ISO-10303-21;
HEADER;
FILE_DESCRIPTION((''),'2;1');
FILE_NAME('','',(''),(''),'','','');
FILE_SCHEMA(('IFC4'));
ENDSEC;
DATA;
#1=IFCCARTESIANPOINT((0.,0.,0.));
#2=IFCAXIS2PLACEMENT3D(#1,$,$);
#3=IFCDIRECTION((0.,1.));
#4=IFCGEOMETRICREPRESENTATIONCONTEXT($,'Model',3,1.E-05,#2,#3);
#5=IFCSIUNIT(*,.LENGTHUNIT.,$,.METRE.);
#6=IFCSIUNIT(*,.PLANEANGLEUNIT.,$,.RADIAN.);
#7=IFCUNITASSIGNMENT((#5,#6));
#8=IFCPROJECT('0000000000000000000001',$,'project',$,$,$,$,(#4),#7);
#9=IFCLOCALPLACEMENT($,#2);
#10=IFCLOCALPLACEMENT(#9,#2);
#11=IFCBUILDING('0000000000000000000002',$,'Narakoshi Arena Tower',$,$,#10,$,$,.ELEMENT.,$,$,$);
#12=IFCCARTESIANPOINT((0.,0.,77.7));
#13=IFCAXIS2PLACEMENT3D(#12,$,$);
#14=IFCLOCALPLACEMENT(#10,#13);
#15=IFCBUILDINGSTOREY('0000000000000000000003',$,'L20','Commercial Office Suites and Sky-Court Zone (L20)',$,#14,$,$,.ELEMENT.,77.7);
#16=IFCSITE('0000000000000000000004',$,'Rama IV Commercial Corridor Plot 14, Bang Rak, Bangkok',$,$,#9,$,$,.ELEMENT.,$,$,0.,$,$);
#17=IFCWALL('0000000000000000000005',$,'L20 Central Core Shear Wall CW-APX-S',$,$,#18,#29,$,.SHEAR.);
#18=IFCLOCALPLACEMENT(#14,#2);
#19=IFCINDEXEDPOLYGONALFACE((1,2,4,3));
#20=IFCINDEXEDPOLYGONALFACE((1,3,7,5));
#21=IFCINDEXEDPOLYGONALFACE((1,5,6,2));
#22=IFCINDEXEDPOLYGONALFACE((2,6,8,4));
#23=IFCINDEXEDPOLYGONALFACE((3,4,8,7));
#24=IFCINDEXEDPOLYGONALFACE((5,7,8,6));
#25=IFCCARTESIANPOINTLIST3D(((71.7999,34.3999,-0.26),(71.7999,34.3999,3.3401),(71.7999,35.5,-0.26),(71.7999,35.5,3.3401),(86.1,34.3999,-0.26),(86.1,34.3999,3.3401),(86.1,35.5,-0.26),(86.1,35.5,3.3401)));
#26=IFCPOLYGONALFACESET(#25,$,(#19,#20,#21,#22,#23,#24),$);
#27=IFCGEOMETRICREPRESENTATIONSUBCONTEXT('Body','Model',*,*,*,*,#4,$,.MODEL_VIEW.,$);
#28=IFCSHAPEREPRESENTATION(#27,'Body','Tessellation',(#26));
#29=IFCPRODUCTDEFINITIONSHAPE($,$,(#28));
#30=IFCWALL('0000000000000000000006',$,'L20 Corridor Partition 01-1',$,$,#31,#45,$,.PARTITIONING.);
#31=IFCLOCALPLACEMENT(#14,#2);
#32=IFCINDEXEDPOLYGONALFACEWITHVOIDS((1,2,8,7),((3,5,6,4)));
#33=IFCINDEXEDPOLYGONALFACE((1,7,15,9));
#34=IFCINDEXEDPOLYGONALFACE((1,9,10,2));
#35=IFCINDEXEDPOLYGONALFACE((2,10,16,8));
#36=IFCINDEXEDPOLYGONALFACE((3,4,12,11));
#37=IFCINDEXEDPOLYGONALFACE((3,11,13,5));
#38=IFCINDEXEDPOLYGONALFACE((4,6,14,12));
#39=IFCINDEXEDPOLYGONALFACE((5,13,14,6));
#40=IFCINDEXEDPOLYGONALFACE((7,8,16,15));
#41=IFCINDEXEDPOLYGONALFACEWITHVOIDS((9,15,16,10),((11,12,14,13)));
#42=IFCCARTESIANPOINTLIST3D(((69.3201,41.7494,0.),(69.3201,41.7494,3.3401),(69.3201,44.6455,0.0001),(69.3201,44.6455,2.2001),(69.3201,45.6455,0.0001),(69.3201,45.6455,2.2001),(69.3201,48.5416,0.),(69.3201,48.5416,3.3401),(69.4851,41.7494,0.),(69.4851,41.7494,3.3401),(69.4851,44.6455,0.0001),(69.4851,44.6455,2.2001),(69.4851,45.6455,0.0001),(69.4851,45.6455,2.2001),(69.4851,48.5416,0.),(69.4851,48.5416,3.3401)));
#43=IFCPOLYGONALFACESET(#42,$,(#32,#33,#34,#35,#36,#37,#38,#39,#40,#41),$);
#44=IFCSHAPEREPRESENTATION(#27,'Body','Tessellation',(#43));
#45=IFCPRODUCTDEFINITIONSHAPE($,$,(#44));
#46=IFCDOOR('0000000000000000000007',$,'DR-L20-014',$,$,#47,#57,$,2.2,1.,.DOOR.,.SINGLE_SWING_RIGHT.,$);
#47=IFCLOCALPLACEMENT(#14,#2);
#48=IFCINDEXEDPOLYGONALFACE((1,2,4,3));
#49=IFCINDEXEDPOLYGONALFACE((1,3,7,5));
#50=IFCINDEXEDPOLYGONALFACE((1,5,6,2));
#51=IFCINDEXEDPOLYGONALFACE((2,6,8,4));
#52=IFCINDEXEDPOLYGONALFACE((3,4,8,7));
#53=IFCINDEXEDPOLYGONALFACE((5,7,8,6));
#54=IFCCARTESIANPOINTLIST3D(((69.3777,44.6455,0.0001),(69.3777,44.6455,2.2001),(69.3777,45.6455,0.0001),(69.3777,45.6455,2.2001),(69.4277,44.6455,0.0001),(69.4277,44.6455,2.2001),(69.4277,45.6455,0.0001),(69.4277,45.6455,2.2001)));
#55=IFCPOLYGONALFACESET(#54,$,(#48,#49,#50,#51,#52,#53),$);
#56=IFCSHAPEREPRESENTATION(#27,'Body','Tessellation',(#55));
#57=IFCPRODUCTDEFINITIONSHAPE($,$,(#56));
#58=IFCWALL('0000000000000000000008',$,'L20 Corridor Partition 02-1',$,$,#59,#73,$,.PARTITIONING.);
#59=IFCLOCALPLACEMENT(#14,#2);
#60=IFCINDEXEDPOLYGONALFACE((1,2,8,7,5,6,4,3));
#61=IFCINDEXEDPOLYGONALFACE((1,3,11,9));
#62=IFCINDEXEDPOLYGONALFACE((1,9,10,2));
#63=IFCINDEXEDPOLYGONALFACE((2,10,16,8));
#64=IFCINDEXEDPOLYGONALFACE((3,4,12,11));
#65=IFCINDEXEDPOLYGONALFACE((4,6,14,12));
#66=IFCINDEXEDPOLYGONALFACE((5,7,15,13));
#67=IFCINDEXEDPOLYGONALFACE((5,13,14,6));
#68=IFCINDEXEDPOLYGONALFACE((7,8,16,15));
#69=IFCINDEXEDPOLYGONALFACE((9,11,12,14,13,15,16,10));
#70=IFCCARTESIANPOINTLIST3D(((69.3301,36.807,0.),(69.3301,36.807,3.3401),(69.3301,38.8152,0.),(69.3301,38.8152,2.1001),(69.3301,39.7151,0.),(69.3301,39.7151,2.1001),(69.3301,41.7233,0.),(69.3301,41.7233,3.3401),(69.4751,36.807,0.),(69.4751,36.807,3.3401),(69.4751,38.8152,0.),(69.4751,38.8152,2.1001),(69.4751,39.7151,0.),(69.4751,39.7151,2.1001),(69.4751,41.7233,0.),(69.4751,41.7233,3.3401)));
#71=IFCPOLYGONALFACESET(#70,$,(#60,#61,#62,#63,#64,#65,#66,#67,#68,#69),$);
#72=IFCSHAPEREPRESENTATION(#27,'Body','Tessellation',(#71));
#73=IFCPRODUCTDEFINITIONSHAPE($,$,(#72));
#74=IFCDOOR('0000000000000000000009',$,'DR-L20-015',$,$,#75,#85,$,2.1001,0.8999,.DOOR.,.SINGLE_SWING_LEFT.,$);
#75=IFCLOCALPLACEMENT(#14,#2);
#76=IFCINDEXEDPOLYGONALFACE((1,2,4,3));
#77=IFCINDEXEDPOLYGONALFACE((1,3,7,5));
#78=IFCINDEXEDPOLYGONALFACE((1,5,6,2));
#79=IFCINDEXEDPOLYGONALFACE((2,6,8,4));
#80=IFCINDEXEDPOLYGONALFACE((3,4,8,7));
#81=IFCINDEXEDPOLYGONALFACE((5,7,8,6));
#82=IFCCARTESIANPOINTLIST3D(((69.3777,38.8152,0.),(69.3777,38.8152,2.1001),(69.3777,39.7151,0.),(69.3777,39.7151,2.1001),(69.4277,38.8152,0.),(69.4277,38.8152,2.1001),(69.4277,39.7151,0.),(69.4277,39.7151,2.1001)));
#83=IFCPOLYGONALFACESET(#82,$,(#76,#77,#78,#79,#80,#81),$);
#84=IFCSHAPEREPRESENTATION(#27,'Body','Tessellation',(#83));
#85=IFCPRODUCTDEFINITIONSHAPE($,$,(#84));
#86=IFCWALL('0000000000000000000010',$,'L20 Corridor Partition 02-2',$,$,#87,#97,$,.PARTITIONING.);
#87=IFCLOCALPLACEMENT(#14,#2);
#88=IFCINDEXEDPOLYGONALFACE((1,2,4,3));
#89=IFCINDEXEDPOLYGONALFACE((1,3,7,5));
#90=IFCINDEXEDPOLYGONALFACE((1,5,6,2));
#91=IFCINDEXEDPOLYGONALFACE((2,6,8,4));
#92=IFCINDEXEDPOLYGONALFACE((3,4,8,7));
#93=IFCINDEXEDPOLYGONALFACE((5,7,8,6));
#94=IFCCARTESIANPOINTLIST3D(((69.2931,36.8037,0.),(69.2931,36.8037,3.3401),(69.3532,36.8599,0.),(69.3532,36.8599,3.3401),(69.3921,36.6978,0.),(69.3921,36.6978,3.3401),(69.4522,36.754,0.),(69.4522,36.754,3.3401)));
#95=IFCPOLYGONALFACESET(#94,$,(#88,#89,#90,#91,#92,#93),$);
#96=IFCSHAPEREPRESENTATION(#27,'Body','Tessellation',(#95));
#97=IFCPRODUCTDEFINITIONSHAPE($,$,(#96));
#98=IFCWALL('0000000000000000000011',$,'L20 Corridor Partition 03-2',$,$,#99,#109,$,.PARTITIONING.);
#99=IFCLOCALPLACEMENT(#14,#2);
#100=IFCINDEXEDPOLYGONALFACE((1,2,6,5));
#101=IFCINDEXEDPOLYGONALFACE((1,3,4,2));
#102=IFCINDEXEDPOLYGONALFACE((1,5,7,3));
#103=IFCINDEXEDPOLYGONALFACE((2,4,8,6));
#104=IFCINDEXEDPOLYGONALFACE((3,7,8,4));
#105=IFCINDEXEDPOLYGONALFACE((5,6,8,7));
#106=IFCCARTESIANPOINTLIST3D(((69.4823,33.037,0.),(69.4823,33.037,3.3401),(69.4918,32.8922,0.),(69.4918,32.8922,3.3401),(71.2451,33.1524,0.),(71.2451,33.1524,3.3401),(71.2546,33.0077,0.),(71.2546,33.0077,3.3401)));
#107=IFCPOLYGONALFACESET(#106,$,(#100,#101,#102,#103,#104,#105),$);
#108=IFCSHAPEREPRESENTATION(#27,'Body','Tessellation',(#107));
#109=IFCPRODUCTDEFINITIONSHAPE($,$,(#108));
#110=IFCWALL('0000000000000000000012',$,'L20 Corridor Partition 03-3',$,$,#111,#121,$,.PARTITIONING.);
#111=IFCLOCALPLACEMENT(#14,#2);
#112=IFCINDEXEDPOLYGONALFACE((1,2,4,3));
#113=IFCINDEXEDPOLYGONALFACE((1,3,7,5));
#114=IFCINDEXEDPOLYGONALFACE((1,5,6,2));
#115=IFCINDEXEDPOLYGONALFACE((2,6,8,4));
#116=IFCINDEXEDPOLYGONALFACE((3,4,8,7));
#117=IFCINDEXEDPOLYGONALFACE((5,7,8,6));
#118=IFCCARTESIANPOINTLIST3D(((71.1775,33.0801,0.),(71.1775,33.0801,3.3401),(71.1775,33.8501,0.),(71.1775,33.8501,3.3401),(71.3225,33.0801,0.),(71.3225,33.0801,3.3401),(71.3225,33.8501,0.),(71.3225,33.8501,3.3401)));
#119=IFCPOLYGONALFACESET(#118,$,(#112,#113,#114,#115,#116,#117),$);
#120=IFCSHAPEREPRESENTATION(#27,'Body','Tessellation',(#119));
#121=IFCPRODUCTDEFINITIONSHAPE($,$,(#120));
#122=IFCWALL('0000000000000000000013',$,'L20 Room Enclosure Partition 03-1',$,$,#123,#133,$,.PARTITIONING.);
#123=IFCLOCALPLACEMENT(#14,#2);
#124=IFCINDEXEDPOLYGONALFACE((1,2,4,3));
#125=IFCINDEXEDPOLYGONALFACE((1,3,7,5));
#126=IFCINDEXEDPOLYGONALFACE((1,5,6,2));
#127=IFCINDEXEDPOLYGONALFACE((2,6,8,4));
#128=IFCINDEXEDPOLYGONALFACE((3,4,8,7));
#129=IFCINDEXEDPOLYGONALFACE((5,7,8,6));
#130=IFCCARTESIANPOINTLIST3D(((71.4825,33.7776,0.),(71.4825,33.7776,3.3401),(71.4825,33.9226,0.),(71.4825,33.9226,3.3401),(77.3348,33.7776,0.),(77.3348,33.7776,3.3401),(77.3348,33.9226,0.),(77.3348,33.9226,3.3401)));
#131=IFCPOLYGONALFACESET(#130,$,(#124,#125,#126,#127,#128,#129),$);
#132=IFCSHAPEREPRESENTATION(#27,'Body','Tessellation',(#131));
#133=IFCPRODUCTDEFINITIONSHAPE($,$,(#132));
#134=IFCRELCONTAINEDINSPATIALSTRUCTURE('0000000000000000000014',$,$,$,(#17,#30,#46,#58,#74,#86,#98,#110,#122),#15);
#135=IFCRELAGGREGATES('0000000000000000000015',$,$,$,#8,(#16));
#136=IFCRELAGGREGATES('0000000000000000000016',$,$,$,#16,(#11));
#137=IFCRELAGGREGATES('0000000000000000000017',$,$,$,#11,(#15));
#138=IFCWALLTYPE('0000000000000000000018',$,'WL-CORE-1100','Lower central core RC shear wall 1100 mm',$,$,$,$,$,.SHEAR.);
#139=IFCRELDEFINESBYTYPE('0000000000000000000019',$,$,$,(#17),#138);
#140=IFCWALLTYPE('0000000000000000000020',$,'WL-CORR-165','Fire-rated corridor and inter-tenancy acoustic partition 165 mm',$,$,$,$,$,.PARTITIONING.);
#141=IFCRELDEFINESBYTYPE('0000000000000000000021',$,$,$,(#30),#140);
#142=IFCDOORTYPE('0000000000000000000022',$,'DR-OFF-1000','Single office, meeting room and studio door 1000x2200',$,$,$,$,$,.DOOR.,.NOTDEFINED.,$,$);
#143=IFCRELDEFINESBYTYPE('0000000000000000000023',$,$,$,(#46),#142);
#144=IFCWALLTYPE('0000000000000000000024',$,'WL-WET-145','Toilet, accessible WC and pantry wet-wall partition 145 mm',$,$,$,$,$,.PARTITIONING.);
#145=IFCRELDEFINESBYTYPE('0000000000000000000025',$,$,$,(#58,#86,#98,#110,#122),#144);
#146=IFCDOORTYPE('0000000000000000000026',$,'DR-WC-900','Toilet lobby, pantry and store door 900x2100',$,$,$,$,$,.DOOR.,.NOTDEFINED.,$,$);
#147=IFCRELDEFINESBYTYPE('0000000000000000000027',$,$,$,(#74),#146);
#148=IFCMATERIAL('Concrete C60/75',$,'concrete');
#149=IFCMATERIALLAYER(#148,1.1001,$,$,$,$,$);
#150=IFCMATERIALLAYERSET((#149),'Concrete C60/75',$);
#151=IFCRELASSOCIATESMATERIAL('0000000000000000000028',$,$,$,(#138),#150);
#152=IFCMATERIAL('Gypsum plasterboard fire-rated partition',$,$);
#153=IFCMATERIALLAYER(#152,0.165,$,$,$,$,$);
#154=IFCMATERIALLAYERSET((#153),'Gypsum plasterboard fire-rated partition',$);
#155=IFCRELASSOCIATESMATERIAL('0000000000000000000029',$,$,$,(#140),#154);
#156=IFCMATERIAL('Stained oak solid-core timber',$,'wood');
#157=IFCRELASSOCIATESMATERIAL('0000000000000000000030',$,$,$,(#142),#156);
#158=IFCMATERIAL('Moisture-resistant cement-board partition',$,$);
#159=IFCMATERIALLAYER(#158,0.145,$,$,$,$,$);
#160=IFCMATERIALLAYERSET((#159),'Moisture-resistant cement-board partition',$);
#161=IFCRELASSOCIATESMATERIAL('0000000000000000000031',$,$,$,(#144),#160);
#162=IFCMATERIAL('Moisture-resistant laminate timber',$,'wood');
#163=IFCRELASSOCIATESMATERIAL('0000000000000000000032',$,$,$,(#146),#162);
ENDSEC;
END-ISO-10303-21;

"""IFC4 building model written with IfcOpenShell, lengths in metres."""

from ifc_helpers import new_model, si_unit, direction, frame, frame_2d, origin, place, context, subcontext, project, spatial, rectangle, extrude, material, layer, layer_set, type_object, element, fill, save


model = new_model("IFC4")

# Units and contexts
model_context = context("Model", 3, precision=1e-05, world=origin(), true_north=direction((0.0, 1.0)))
body_context = subcontext(model_context, "Body", "Model", "MODEL_VIEW")
ifc_project = project(units=[si_unit("LENGTHUNIT", "METRE"), si_unit("PLANEANGLEUNIT", "RADIAN")], contexts=[model_context])

# Site, building, storey
site_placement = place(None, origin())
site = spatial("IfcSite", under=ifc_project, at=site_placement, Name="Rama IV Commercial Corridor Plot 14, Bang Rak, Bangkok", CompositionType="ELEMENT", RefElevation=0.0)
building_placement = place(site_placement, origin())
building = spatial("IfcBuilding", under=site, at=building_placement, Name="Narakoshi Arena Tower", CompositionType="ELEMENT")
storey_placement = place(building_placement, frame((0.0, 0.0, 77.7)))
storey = spatial("IfcBuildingStorey", under=building, at=storey_placement, Name="L20", Description="Commercial Office Suites and Sky-Court Zone (L20)", CompositionType="ELEMENT", Elevation=77.7)

# Shared definitions
ifc_material_1 = material(Name="Concrete C60/75", Category="concrete")

# Wall
ifc_layer_1 = layer(ifc_material_1, 1.1001)
ifc_layer_set_1 = layer_set([ifc_layer_1], Name="Concrete C60/75")
wall_type_1 = type_object("IfcWallType", Name="WL-CORE-1100", Description="Lower central core RC shear wall 1100 mm", PredefinedType="SHEAR", material=ifc_layer_set_1)
wall_1_placement = place(storey_placement, frame((71.8, 34.95, -0.26), z_axis=(0.0, 0.0, 1.0), x_axis=(1.0, 0.0, 0.0)))
element("IfcWall", 1, at=wall_1_placement, inside=storey, type_object=wall_type_1, Name="L20 Central Core Shear Wall CW-APX-S", PredefinedType="SHEAR", context=body_context, shape_type="SweptSolid", body=[
    extrude(rectangle(XDim=14.3, YDim=1.1001, at=frame_2d((7.1499, 0.0))), origin(), (0.0, 0.0, 1.0), 3.6001),
])

# Walls, openings, doors
ifc_material_2 = material(Name="Gypsum plasterboard fire-rated partition")
ifc_layer_2 = layer(ifc_material_2, 0.165)
ifc_layer_set_2 = layer_set([ifc_layer_2], Name="Gypsum plasterboard fire-rated partition")
wall_type_2 = type_object("IfcWallType", Name="WL-CORR-165", Description="Fire-rated corridor and inter-tenancy acoustic partition 165 mm", PredefinedType="PARTITIONING", material=ifc_layer_set_2)
wall_2_placement = place(storey_placement, frame((69.4026, 48.5415, 0.0), z_axis=(0.0, 0.0, 1.0), x_axis=(0.0, -1.0, 0.0)))
wall_2 = element("IfcWall", 2, at=wall_2_placement, inside=storey, type_object=wall_type_2, Name="L20 Corridor Partition 01-1", PredefinedType="PARTITIONING", context=body_context, shape_type="SweptSolid", body=[
    extrude(rectangle(XDim=6.7922, YDim=0.165, at=frame_2d((3.396, 0.0))), origin(), (0.0, 0.0, 1.0), 3.3401),
])
opening_1_placement = place(wall_2_placement, frame((2.896, 0.0, 0.0)))
opening_1 = element("IfcOpeningElement", 3, at=opening_1_placement, cuts=wall_2, PredefinedType="OPENING", context=body_context, shape_type="SweptSolid", body=[
    extrude(rectangle(XDim=1.0, YDim=2.2, at=frame_2d((0.5, 1.1001))), frame((0.0, 0.0925, 0.0), z_axis=(0.0, -1.0, 0.0), x_axis=(1.0, 0.0, 0.0)), (0.0, 0.0, 1.0), 0.1851),
])
ifc_material_3 = material(Name="Stained oak solid-core timber", Category="wood")
door_type_1 = type_object("IfcDoorType", Name="DR-OFF-1000", Description="Single office, meeting room and studio door 1000x2200", OperationType="NOTDEFINED", PredefinedType="DOOR", material=ifc_material_3)
door_1_placement = place(opening_1_placement, frame((1.0, 0.0, 0.0), z_axis=(0.0, 0.0, 1.0), x_axis=(-1.0, 0.0, 0.0)))
door_1 = element("IfcDoor", 4, at=door_1_placement, inside=storey, type_object=door_type_1, Name="DR-L20-014", OperationType="SINGLE_SWING_RIGHT", OverallHeight=2.2, OverallWidth=1.0, PredefinedType="DOOR", context=body_context, shape_type="SweptSolid", body=[
    extrude(rectangle(XDim=1.0, YDim=2.2, at=frame_2d((0.5, 1.1001))), frame((0.0, 0.0249, 0.0), z_axis=(0.0, -1.0, 0.0), x_axis=(1.0, 0.0, 0.0)), (0.0, 0.0, 1.0), 0.05),
])
fill(opening_1, door_1)
ifc_material_4 = material(Name="Moisture-resistant cement-board partition")
ifc_layer_3 = layer(ifc_material_4, 0.145)
ifc_layer_set_3 = layer_set([ifc_layer_3], Name="Moisture-resistant cement-board partition")
wall_type_3 = type_object("IfcWallType", Name="WL-WET-145", Description="Toilet, accessible WC and pantry wet-wall partition 145 mm", PredefinedType="PARTITIONING", material=ifc_layer_set_3)
wall_3_placement = place(storey_placement, frame((69.4026, 41.7231, 0.0), z_axis=(0.0, 0.0, 1.0), x_axis=(0.0, -1.0, 0.0)))
wall_3 = element("IfcWall", 5, at=wall_3_placement, inside=storey, type_object=wall_type_3, Name="L20 Corridor Partition 02-1", PredefinedType="PARTITIONING", context=body_context, shape_type="SweptSolid", body=[
    extrude(rectangle(XDim=4.9163, YDim=0.145, at=frame_2d((2.458, 0.0))), origin(), (0.0, 0.0, 1.0), 3.3401),
])
opening_2_placement = place(wall_3_placement, frame((2.0081, 0.0, 0.0)))
opening_2 = element("IfcOpeningElement", 6, at=opening_2_placement, cuts=wall_3, PredefinedType="OPENING", context=body_context, shape_type="SweptSolid", body=[
    extrude(rectangle(XDim=0.8999, YDim=2.1001, at=frame_2d((0.45, 1.05))), frame((0.0, 0.0825, 0.0), z_axis=(0.0, -1.0, 0.0), x_axis=(1.0, 0.0, 0.0)), (0.0, 0.0, 1.0), 0.165),
])
ifc_material_5 = material(Name="Moisture-resistant laminate timber", Category="wood")
door_type_2 = type_object("IfcDoorType", Name="DR-WC-900", Description="Toilet lobby, pantry and store door 900x2100", OperationType="NOTDEFINED", PredefinedType="DOOR", material=ifc_material_5)
door_2_placement = place(opening_2_placement, frame((0.8999, 0.0, 0.0), z_axis=(0.0, 0.0, 1.0), x_axis=(-1.0, 0.0, 0.0)))
door_2 = element("IfcDoor", 7, at=door_2_placement, inside=storey, type_object=door_type_2, Name="DR-L20-015", OperationType="SINGLE_SWING_LEFT", OverallHeight=2.1001, OverallWidth=0.8999, PredefinedType="DOOR", context=body_context, shape_type="SweptSolid", body=[
    extrude(rectangle(XDim=0.8999, YDim=2.1001, at=frame_2d((0.45, 1.05))), frame((0.0, 0.0249, 0.0), z_axis=(0.0, -1.0, 0.0), x_axis=(1.0, 0.0, 0.0)), (0.0, 0.0, 1.0), 0.05),
])
fill(opening_2, door_2)

# Walls
wall_4_placement = place(storey_placement, frame((69.4026, 36.8069, 0.0), z_axis=(0.0, 0.0, 1.0), x_axis=(-0.730463, -0.682953, 0.0)))
element("IfcWall", 8, at=wall_4_placement, inside=storey, type_object=wall_type_3, Name="L20 Corridor Partition 02-2", PredefinedType="PARTITIONING", context=body_context, shape_type="SweptSolid", body=[
    extrude(rectangle(XDim=0.0823, YDim=0.145, at=frame_2d((0.041, 0.0))), origin(), (0.0, 0.0, 1.0), 3.3401),
])
wall_5_placement = place(storey_placement, frame((69.4871, 32.9646, 0.0), z_axis=(0.0, 0.0, 1.0), x_axis=(0.997862, 0.065363, 0.0)))
element("IfcWall", 9, at=wall_5_placement, inside=storey, type_object=wall_type_3, Name="L20 Corridor Partition 03-2", PredefinedType="PARTITIONING", context=body_context, shape_type="SweptSolid", body=[
    extrude(rectangle(XDim=1.7666, YDim=0.145, at=frame_2d((0.8833, 0.0))), origin(), (0.0, 0.0, 1.0), 3.3401),
])
wall_6_placement = place(storey_placement, frame((71.25, 33.0801, 0.0), z_axis=(0.0, 0.0, 1.0), x_axis=(0.0, 1.0, 0.0)))
element("IfcWall", 10, at=wall_6_placement, inside=storey, type_object=wall_type_3, Name="L20 Corridor Partition 03-3", PredefinedType="PARTITIONING", context=body_context, shape_type="SweptSolid", body=[
    extrude(rectangle(XDim=0.77, YDim=0.145, at=frame_2d((0.385, 0.0))), origin(), (0.0, 0.0, 1.0), 3.3401),
])
wall_7_placement = place(storey_placement, frame((71.4824, 33.8501, 0.0), z_axis=(0.0, 0.0, 1.0), x_axis=(1.0, 0.0, 0.0)))
element("IfcWall", 11, at=wall_7_placement, inside=storey, type_object=wall_type_3, Name="L20 Room Enclosure Partition 03-1", PredefinedType="PARTITIONING", context=body_context, shape_type="SweptSolid", body=[
    extrude(rectangle(XDim=5.8523, YDim=0.145, at=frame_2d((2.9263, 0.0))), origin(), (0.0, 0.0, 1.0), 3.3401),
])

save(model, "model.ifc")
